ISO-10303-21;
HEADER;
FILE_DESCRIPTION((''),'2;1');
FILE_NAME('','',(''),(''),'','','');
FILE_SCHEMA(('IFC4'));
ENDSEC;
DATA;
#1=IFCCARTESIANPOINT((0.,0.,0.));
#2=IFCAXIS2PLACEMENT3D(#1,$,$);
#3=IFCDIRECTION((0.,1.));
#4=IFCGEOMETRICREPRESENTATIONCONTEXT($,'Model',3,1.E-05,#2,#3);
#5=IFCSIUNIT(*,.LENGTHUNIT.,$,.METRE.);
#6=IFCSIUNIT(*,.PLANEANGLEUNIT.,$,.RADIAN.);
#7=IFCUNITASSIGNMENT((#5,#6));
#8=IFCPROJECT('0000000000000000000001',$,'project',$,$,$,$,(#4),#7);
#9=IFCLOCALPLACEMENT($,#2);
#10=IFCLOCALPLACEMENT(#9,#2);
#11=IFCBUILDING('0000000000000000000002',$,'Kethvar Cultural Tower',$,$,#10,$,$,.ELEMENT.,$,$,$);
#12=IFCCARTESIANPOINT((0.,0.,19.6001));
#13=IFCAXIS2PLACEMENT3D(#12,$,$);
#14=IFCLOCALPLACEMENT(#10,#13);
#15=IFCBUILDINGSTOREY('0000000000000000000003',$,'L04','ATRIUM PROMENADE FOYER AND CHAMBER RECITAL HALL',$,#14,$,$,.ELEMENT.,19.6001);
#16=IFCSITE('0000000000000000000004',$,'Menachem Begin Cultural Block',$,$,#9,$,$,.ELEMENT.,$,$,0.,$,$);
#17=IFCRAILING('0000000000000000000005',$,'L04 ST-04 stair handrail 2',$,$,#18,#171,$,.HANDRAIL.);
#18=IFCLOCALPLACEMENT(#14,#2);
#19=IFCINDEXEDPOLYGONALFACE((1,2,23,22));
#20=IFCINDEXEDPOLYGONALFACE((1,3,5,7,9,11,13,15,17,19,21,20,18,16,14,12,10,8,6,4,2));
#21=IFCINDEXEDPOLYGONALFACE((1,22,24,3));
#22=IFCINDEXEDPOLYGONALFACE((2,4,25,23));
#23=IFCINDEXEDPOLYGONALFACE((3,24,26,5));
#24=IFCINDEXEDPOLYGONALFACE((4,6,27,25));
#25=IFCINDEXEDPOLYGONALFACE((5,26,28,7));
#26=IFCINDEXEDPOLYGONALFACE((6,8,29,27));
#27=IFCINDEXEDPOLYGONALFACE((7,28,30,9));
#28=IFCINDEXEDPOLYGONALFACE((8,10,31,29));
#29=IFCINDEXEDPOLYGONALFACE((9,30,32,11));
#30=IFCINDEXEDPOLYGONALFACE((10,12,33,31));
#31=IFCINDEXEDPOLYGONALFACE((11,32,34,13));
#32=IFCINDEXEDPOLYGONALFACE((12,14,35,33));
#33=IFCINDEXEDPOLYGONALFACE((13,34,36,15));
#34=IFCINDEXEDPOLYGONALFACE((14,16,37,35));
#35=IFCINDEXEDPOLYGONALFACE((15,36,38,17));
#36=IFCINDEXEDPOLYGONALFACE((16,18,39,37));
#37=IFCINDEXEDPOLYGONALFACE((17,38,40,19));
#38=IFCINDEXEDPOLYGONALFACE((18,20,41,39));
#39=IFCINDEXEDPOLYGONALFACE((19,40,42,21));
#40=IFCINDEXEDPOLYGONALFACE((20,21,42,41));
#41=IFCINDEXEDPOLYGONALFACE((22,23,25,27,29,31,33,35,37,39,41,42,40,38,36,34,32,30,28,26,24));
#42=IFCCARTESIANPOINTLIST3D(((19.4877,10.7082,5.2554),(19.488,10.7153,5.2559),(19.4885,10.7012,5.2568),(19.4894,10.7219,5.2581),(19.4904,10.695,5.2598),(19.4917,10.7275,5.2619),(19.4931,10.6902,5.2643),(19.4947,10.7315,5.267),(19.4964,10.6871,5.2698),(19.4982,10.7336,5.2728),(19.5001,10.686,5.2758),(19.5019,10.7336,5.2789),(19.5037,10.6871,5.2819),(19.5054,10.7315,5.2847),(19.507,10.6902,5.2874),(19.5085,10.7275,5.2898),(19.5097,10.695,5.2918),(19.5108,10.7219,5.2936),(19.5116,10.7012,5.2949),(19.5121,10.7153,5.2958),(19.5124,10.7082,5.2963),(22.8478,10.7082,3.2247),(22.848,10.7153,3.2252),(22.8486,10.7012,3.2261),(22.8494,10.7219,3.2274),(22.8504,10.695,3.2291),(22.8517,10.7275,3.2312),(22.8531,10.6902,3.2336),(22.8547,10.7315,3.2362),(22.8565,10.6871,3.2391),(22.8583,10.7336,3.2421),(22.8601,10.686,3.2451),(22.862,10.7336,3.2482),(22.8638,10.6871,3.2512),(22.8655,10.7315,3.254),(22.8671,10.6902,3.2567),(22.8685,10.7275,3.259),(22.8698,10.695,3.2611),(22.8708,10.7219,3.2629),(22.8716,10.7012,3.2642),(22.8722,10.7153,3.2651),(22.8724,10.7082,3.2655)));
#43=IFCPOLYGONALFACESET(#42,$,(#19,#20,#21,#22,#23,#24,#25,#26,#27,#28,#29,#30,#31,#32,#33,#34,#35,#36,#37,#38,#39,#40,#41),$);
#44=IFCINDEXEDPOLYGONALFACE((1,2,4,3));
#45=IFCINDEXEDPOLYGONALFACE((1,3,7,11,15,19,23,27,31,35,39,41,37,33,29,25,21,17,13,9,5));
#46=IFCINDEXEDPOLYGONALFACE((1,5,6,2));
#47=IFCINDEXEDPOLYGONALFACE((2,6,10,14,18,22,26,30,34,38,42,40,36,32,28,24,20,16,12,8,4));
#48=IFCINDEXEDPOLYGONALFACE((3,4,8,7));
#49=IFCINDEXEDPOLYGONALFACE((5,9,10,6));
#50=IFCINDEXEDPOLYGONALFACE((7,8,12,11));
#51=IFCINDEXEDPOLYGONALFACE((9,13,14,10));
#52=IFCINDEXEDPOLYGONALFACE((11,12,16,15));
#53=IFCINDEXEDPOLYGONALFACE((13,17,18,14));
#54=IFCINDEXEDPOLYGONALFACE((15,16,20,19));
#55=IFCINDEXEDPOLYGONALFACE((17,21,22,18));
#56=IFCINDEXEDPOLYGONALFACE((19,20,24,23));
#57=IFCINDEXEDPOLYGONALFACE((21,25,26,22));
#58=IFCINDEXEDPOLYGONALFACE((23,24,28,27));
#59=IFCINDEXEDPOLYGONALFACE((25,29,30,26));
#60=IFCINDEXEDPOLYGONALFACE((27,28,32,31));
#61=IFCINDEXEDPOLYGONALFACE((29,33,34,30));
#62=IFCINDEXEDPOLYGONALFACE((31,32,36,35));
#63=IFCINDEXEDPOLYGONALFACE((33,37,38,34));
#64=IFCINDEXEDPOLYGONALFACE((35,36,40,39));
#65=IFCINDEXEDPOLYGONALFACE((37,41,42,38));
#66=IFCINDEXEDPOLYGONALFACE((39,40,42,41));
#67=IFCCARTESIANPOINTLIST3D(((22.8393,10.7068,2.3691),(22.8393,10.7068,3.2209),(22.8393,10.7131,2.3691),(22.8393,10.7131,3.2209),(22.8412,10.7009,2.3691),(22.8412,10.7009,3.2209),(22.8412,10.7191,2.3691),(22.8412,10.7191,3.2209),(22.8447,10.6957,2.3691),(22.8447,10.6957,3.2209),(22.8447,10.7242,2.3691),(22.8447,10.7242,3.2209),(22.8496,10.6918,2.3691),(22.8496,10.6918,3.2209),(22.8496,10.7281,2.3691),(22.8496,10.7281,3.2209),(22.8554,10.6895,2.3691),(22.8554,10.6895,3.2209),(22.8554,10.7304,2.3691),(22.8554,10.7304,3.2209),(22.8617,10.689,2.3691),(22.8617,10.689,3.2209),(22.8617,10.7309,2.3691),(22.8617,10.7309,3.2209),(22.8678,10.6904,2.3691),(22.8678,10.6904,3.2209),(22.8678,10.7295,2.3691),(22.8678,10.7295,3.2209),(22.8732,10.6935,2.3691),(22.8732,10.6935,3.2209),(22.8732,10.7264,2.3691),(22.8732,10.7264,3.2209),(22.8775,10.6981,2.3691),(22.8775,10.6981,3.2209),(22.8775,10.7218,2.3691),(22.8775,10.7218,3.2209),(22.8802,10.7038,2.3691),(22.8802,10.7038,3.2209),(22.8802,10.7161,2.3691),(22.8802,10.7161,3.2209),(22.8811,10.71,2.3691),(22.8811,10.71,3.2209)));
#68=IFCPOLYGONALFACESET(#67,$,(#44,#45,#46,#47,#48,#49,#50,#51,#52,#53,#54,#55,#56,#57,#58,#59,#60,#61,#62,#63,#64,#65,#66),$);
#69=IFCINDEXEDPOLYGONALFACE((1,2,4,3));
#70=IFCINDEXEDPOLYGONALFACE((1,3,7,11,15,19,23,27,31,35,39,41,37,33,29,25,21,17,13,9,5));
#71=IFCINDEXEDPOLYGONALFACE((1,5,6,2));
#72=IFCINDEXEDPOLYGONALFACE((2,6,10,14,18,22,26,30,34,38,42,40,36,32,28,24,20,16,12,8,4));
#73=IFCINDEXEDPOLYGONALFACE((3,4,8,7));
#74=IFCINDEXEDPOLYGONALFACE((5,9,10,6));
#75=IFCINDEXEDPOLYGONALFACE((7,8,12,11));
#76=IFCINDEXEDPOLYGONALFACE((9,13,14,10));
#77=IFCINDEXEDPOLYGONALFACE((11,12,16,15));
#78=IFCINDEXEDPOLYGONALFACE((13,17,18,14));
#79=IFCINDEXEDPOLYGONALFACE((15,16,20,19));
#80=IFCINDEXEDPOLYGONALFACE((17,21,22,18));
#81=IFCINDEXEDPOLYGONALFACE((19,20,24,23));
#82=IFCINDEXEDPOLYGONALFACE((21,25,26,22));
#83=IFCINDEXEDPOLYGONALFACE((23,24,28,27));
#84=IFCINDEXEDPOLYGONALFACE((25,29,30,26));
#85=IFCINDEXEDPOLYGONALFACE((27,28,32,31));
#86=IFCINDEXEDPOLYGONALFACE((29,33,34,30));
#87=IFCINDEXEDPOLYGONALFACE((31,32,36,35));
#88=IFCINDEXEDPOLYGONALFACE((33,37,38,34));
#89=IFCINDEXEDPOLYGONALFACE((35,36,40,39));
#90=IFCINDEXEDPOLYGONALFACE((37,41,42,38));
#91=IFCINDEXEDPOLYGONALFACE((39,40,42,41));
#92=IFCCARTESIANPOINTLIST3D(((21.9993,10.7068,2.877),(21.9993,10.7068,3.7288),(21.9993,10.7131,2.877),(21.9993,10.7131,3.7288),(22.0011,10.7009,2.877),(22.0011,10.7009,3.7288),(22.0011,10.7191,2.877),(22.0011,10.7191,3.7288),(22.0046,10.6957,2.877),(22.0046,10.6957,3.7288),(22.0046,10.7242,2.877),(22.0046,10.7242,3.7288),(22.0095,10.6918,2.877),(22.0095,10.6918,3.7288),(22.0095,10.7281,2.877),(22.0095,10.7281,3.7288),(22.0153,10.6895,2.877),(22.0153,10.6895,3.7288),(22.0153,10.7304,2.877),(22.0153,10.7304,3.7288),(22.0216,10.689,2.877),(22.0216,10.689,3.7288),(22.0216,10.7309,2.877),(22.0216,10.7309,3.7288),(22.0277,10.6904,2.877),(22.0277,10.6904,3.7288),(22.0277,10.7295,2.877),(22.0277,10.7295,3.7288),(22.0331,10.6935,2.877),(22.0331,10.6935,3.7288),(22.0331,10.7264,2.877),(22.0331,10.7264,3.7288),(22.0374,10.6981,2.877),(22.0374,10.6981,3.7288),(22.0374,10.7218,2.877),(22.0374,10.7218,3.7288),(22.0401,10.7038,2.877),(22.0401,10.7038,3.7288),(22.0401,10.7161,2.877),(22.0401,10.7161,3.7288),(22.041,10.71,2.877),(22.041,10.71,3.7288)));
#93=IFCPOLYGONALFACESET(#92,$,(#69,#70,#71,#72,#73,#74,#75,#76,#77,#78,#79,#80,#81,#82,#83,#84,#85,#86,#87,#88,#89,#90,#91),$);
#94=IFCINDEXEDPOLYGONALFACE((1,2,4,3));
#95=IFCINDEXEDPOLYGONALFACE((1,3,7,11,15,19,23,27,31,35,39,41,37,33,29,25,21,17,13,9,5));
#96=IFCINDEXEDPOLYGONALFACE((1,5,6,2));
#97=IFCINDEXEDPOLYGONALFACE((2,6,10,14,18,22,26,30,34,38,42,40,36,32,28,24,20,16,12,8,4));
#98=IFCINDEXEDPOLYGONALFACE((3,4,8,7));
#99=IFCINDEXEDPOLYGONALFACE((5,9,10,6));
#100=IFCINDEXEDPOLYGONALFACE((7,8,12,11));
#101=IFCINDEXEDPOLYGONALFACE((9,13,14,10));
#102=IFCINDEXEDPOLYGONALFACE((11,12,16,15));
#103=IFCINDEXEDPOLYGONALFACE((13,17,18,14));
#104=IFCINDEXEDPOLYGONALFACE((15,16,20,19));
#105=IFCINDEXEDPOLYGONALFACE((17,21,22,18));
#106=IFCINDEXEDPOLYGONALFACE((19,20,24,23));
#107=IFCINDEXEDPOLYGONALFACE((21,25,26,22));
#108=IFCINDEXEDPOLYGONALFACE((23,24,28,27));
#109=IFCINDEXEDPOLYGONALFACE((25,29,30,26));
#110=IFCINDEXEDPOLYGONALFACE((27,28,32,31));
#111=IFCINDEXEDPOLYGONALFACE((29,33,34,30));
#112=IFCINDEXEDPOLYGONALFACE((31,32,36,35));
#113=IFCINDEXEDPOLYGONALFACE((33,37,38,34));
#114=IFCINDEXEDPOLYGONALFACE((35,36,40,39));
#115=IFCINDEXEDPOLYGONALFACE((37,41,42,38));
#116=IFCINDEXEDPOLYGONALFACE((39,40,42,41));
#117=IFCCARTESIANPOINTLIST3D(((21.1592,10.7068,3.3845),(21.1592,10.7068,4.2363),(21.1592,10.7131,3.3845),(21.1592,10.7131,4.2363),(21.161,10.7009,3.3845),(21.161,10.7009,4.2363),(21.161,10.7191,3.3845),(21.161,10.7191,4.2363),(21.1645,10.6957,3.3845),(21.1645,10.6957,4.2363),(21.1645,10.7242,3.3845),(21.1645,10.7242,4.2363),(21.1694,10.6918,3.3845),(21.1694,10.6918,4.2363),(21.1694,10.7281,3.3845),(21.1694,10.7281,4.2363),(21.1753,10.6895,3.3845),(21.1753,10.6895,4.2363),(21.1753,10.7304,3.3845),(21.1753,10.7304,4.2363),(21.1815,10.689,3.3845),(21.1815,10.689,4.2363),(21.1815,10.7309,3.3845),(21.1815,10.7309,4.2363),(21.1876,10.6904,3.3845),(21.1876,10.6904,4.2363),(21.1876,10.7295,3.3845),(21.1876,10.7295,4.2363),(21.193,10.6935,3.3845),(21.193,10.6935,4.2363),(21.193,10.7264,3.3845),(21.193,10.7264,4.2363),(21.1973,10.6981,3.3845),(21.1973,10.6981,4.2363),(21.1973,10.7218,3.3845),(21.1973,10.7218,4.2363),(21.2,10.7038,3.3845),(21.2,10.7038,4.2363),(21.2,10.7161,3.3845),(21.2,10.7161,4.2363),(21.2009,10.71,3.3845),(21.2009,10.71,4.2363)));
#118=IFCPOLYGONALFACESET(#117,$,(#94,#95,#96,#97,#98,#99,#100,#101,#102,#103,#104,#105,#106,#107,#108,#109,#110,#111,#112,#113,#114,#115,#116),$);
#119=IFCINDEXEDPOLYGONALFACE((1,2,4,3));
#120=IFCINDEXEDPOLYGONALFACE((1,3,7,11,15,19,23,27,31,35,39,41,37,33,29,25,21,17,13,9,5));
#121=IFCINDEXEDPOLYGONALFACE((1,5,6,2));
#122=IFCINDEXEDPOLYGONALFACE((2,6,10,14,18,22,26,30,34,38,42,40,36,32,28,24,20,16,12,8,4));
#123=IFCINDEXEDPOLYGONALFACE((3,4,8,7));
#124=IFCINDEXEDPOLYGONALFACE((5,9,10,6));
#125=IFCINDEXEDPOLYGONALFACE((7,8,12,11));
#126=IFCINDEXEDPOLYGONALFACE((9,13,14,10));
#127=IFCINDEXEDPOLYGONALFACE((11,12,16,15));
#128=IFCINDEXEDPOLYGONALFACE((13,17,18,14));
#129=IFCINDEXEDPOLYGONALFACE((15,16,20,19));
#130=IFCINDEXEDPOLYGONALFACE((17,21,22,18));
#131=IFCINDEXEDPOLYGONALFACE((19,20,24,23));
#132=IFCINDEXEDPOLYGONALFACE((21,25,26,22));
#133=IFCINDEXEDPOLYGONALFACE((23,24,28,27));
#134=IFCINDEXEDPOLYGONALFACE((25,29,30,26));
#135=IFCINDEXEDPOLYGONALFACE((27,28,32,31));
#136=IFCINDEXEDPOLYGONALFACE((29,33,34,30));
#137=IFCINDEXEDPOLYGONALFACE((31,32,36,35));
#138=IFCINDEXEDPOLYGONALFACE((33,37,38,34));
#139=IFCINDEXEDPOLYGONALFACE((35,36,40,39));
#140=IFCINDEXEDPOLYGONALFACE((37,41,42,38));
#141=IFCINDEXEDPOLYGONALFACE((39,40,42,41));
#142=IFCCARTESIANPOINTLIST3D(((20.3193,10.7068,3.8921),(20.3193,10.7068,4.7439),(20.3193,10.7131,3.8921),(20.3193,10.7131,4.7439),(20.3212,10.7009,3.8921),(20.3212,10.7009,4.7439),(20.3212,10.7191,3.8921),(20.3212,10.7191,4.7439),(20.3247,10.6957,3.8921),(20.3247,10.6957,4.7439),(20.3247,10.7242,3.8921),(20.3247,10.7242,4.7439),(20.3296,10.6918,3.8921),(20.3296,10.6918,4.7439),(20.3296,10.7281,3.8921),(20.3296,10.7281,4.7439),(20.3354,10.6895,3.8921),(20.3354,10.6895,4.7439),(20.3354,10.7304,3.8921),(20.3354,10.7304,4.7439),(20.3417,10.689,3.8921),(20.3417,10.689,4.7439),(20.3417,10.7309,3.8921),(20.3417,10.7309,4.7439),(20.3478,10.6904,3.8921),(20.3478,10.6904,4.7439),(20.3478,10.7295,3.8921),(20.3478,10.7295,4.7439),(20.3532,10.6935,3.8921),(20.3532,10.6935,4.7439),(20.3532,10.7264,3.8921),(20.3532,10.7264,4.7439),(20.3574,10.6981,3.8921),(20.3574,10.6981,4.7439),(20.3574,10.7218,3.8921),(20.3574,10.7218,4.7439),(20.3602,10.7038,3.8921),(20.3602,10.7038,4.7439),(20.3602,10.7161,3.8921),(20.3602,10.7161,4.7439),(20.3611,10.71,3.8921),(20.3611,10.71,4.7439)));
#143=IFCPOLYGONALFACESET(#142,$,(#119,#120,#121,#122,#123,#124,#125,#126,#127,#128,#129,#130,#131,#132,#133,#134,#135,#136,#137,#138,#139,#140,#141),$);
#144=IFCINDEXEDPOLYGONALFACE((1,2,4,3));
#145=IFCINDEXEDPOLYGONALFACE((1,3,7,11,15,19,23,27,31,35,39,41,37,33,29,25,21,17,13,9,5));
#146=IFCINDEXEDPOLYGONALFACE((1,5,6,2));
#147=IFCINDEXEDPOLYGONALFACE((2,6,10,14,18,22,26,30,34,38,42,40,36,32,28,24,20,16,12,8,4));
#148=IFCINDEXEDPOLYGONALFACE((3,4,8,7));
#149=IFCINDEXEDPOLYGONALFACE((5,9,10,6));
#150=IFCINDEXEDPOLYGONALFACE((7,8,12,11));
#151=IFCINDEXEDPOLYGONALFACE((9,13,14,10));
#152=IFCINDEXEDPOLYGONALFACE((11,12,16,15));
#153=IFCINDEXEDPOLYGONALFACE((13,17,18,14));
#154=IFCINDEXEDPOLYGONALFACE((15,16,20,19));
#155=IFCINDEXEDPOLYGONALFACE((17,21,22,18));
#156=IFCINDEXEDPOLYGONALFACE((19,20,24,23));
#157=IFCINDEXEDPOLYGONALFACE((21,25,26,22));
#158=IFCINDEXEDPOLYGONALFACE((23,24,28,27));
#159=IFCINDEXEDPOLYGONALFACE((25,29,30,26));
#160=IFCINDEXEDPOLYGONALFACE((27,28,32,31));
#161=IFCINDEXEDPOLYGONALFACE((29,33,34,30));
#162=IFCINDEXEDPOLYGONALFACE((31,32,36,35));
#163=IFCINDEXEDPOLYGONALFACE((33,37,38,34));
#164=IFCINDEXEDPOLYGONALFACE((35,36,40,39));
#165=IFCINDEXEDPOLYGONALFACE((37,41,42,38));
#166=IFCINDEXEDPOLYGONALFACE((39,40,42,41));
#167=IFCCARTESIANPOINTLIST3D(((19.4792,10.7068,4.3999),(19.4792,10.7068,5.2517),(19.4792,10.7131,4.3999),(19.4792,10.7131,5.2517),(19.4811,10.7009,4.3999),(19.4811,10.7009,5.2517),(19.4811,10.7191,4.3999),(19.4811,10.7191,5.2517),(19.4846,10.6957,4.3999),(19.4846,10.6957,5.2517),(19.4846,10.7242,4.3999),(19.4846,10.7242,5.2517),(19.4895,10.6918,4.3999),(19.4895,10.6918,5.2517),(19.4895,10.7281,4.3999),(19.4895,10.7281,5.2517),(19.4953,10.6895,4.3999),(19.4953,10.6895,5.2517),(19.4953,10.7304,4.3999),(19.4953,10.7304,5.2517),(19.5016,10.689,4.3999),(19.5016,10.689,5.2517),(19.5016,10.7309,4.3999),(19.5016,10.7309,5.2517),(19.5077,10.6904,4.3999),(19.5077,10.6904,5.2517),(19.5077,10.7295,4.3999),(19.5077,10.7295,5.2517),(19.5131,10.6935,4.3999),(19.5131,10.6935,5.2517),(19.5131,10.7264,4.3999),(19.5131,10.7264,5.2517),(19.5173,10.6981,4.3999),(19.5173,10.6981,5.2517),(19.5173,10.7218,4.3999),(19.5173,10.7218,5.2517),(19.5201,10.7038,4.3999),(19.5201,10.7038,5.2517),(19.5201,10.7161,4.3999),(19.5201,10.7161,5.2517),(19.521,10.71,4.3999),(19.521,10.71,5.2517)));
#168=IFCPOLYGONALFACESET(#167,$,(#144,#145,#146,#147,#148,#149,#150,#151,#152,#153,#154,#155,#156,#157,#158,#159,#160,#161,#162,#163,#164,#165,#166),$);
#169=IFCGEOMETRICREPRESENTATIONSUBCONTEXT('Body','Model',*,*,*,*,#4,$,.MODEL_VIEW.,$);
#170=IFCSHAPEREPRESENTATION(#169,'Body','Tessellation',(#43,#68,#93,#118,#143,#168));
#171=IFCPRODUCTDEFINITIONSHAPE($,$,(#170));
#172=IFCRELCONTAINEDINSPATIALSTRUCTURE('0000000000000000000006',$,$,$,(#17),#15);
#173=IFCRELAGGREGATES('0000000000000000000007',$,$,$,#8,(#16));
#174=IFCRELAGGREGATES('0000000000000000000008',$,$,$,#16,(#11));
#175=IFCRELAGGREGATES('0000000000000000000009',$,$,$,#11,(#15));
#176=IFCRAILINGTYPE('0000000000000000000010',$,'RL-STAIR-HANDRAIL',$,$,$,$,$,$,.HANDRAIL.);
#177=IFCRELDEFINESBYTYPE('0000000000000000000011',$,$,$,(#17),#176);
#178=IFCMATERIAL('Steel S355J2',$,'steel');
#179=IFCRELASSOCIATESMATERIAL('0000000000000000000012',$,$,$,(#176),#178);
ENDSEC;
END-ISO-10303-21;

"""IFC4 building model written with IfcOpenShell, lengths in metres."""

from ifc_helpers import new_model, si_unit, direction, frame, origin, origin_2d, place, context, subcontext, project, spatial, circle, extrude, material, type_object, element, save


model = new_model("IFC4")

# Units and contexts
model_context = context("Model", 3, precision=1e-05, world=origin(), true_north=direction((0.0, 1.0)))
body_context = subcontext(model_context, "Body", "Model", "MODEL_VIEW")
ifc_project = project(units=[si_unit("LENGTHUNIT", "METRE"), si_unit("PLANEANGLEUNIT", "RADIAN")], contexts=[model_context])

# Site, building, storey
site_placement = place(None, origin())
site = spatial("IfcSite", under=ifc_project, at=site_placement, Name="Menachem Begin Cultural Block", CompositionType="ELEMENT", RefElevation=0.0)
building_placement = place(site_placement, origin())
building = spatial("IfcBuilding", under=site, at=building_placement, Name="Kethvar Cultural Tower", CompositionType="ELEMENT")
storey_placement = place(building_placement, frame((0.0, 0.0, 19.6001)))
storey = spatial("IfcBuildingStorey", under=building, at=storey_placement, Name="L04", Description="ATRIUM PROMENADE FOYER AND CHAMBER RECITAL HALL", CompositionType="ELEMENT", Elevation=19.6001)

# Shared definitions
ifc_material_1 = material(Name="Steel S355J2", Category="steel")

# Railing
railing_type_1 = type_object("IfcRailingType", Name="RL-STAIR-HANDRAIL", PredefinedType="HANDRAIL", material=ifc_material_1)
railing_1_placement = place(storey_placement, frame((22.8601, 10.71, 2.3691)))
element("IfcRailing", 1, at=railing_1_placement, inside=storey, type_object=railing_type_1, Name="L04 ST-04 stair handrail 2", PredefinedType="HANDRAIL", context=body_context, shape_type="SweptSolid", body=[
    extrude(circle(Radius=0.0239, at=origin_2d()), frame((0.0, 0.0, 0.876), z_axis=(-0.855837, 0.0, 0.517246), x_axis=(0.0, -1.0, 0.0)), (0.0, 0.0, 1.0), 3.926),
    extrude(circle(Radius=0.021, at=origin_2d()), origin(), (0.0, 0.0, 1.0), 0.8518),
    extrude(circle(Radius=0.021, at=origin_2d()), frame((-0.8401, 0.0, 0.5078)), (0.0, 0.0, 1.0), 0.8518),
    extrude(circle(Radius=0.021, at=origin_2d()), frame((-1.6802, 0.0, 1.0154)), (0.0, 0.0, 1.0), 0.8518),
    extrude(circle(Radius=0.021, at=origin_2d()), frame((-2.52, 0.0, 1.5229)), (0.0, 0.0, 1.0), 0.8518),
    extrude(circle(Radius=0.021, at=origin_2d()), frame((-3.3601, 0.0, 2.0308)), (0.0, 0.0, 1.0), 0.8518),
])

save(model, "model.ifc")
